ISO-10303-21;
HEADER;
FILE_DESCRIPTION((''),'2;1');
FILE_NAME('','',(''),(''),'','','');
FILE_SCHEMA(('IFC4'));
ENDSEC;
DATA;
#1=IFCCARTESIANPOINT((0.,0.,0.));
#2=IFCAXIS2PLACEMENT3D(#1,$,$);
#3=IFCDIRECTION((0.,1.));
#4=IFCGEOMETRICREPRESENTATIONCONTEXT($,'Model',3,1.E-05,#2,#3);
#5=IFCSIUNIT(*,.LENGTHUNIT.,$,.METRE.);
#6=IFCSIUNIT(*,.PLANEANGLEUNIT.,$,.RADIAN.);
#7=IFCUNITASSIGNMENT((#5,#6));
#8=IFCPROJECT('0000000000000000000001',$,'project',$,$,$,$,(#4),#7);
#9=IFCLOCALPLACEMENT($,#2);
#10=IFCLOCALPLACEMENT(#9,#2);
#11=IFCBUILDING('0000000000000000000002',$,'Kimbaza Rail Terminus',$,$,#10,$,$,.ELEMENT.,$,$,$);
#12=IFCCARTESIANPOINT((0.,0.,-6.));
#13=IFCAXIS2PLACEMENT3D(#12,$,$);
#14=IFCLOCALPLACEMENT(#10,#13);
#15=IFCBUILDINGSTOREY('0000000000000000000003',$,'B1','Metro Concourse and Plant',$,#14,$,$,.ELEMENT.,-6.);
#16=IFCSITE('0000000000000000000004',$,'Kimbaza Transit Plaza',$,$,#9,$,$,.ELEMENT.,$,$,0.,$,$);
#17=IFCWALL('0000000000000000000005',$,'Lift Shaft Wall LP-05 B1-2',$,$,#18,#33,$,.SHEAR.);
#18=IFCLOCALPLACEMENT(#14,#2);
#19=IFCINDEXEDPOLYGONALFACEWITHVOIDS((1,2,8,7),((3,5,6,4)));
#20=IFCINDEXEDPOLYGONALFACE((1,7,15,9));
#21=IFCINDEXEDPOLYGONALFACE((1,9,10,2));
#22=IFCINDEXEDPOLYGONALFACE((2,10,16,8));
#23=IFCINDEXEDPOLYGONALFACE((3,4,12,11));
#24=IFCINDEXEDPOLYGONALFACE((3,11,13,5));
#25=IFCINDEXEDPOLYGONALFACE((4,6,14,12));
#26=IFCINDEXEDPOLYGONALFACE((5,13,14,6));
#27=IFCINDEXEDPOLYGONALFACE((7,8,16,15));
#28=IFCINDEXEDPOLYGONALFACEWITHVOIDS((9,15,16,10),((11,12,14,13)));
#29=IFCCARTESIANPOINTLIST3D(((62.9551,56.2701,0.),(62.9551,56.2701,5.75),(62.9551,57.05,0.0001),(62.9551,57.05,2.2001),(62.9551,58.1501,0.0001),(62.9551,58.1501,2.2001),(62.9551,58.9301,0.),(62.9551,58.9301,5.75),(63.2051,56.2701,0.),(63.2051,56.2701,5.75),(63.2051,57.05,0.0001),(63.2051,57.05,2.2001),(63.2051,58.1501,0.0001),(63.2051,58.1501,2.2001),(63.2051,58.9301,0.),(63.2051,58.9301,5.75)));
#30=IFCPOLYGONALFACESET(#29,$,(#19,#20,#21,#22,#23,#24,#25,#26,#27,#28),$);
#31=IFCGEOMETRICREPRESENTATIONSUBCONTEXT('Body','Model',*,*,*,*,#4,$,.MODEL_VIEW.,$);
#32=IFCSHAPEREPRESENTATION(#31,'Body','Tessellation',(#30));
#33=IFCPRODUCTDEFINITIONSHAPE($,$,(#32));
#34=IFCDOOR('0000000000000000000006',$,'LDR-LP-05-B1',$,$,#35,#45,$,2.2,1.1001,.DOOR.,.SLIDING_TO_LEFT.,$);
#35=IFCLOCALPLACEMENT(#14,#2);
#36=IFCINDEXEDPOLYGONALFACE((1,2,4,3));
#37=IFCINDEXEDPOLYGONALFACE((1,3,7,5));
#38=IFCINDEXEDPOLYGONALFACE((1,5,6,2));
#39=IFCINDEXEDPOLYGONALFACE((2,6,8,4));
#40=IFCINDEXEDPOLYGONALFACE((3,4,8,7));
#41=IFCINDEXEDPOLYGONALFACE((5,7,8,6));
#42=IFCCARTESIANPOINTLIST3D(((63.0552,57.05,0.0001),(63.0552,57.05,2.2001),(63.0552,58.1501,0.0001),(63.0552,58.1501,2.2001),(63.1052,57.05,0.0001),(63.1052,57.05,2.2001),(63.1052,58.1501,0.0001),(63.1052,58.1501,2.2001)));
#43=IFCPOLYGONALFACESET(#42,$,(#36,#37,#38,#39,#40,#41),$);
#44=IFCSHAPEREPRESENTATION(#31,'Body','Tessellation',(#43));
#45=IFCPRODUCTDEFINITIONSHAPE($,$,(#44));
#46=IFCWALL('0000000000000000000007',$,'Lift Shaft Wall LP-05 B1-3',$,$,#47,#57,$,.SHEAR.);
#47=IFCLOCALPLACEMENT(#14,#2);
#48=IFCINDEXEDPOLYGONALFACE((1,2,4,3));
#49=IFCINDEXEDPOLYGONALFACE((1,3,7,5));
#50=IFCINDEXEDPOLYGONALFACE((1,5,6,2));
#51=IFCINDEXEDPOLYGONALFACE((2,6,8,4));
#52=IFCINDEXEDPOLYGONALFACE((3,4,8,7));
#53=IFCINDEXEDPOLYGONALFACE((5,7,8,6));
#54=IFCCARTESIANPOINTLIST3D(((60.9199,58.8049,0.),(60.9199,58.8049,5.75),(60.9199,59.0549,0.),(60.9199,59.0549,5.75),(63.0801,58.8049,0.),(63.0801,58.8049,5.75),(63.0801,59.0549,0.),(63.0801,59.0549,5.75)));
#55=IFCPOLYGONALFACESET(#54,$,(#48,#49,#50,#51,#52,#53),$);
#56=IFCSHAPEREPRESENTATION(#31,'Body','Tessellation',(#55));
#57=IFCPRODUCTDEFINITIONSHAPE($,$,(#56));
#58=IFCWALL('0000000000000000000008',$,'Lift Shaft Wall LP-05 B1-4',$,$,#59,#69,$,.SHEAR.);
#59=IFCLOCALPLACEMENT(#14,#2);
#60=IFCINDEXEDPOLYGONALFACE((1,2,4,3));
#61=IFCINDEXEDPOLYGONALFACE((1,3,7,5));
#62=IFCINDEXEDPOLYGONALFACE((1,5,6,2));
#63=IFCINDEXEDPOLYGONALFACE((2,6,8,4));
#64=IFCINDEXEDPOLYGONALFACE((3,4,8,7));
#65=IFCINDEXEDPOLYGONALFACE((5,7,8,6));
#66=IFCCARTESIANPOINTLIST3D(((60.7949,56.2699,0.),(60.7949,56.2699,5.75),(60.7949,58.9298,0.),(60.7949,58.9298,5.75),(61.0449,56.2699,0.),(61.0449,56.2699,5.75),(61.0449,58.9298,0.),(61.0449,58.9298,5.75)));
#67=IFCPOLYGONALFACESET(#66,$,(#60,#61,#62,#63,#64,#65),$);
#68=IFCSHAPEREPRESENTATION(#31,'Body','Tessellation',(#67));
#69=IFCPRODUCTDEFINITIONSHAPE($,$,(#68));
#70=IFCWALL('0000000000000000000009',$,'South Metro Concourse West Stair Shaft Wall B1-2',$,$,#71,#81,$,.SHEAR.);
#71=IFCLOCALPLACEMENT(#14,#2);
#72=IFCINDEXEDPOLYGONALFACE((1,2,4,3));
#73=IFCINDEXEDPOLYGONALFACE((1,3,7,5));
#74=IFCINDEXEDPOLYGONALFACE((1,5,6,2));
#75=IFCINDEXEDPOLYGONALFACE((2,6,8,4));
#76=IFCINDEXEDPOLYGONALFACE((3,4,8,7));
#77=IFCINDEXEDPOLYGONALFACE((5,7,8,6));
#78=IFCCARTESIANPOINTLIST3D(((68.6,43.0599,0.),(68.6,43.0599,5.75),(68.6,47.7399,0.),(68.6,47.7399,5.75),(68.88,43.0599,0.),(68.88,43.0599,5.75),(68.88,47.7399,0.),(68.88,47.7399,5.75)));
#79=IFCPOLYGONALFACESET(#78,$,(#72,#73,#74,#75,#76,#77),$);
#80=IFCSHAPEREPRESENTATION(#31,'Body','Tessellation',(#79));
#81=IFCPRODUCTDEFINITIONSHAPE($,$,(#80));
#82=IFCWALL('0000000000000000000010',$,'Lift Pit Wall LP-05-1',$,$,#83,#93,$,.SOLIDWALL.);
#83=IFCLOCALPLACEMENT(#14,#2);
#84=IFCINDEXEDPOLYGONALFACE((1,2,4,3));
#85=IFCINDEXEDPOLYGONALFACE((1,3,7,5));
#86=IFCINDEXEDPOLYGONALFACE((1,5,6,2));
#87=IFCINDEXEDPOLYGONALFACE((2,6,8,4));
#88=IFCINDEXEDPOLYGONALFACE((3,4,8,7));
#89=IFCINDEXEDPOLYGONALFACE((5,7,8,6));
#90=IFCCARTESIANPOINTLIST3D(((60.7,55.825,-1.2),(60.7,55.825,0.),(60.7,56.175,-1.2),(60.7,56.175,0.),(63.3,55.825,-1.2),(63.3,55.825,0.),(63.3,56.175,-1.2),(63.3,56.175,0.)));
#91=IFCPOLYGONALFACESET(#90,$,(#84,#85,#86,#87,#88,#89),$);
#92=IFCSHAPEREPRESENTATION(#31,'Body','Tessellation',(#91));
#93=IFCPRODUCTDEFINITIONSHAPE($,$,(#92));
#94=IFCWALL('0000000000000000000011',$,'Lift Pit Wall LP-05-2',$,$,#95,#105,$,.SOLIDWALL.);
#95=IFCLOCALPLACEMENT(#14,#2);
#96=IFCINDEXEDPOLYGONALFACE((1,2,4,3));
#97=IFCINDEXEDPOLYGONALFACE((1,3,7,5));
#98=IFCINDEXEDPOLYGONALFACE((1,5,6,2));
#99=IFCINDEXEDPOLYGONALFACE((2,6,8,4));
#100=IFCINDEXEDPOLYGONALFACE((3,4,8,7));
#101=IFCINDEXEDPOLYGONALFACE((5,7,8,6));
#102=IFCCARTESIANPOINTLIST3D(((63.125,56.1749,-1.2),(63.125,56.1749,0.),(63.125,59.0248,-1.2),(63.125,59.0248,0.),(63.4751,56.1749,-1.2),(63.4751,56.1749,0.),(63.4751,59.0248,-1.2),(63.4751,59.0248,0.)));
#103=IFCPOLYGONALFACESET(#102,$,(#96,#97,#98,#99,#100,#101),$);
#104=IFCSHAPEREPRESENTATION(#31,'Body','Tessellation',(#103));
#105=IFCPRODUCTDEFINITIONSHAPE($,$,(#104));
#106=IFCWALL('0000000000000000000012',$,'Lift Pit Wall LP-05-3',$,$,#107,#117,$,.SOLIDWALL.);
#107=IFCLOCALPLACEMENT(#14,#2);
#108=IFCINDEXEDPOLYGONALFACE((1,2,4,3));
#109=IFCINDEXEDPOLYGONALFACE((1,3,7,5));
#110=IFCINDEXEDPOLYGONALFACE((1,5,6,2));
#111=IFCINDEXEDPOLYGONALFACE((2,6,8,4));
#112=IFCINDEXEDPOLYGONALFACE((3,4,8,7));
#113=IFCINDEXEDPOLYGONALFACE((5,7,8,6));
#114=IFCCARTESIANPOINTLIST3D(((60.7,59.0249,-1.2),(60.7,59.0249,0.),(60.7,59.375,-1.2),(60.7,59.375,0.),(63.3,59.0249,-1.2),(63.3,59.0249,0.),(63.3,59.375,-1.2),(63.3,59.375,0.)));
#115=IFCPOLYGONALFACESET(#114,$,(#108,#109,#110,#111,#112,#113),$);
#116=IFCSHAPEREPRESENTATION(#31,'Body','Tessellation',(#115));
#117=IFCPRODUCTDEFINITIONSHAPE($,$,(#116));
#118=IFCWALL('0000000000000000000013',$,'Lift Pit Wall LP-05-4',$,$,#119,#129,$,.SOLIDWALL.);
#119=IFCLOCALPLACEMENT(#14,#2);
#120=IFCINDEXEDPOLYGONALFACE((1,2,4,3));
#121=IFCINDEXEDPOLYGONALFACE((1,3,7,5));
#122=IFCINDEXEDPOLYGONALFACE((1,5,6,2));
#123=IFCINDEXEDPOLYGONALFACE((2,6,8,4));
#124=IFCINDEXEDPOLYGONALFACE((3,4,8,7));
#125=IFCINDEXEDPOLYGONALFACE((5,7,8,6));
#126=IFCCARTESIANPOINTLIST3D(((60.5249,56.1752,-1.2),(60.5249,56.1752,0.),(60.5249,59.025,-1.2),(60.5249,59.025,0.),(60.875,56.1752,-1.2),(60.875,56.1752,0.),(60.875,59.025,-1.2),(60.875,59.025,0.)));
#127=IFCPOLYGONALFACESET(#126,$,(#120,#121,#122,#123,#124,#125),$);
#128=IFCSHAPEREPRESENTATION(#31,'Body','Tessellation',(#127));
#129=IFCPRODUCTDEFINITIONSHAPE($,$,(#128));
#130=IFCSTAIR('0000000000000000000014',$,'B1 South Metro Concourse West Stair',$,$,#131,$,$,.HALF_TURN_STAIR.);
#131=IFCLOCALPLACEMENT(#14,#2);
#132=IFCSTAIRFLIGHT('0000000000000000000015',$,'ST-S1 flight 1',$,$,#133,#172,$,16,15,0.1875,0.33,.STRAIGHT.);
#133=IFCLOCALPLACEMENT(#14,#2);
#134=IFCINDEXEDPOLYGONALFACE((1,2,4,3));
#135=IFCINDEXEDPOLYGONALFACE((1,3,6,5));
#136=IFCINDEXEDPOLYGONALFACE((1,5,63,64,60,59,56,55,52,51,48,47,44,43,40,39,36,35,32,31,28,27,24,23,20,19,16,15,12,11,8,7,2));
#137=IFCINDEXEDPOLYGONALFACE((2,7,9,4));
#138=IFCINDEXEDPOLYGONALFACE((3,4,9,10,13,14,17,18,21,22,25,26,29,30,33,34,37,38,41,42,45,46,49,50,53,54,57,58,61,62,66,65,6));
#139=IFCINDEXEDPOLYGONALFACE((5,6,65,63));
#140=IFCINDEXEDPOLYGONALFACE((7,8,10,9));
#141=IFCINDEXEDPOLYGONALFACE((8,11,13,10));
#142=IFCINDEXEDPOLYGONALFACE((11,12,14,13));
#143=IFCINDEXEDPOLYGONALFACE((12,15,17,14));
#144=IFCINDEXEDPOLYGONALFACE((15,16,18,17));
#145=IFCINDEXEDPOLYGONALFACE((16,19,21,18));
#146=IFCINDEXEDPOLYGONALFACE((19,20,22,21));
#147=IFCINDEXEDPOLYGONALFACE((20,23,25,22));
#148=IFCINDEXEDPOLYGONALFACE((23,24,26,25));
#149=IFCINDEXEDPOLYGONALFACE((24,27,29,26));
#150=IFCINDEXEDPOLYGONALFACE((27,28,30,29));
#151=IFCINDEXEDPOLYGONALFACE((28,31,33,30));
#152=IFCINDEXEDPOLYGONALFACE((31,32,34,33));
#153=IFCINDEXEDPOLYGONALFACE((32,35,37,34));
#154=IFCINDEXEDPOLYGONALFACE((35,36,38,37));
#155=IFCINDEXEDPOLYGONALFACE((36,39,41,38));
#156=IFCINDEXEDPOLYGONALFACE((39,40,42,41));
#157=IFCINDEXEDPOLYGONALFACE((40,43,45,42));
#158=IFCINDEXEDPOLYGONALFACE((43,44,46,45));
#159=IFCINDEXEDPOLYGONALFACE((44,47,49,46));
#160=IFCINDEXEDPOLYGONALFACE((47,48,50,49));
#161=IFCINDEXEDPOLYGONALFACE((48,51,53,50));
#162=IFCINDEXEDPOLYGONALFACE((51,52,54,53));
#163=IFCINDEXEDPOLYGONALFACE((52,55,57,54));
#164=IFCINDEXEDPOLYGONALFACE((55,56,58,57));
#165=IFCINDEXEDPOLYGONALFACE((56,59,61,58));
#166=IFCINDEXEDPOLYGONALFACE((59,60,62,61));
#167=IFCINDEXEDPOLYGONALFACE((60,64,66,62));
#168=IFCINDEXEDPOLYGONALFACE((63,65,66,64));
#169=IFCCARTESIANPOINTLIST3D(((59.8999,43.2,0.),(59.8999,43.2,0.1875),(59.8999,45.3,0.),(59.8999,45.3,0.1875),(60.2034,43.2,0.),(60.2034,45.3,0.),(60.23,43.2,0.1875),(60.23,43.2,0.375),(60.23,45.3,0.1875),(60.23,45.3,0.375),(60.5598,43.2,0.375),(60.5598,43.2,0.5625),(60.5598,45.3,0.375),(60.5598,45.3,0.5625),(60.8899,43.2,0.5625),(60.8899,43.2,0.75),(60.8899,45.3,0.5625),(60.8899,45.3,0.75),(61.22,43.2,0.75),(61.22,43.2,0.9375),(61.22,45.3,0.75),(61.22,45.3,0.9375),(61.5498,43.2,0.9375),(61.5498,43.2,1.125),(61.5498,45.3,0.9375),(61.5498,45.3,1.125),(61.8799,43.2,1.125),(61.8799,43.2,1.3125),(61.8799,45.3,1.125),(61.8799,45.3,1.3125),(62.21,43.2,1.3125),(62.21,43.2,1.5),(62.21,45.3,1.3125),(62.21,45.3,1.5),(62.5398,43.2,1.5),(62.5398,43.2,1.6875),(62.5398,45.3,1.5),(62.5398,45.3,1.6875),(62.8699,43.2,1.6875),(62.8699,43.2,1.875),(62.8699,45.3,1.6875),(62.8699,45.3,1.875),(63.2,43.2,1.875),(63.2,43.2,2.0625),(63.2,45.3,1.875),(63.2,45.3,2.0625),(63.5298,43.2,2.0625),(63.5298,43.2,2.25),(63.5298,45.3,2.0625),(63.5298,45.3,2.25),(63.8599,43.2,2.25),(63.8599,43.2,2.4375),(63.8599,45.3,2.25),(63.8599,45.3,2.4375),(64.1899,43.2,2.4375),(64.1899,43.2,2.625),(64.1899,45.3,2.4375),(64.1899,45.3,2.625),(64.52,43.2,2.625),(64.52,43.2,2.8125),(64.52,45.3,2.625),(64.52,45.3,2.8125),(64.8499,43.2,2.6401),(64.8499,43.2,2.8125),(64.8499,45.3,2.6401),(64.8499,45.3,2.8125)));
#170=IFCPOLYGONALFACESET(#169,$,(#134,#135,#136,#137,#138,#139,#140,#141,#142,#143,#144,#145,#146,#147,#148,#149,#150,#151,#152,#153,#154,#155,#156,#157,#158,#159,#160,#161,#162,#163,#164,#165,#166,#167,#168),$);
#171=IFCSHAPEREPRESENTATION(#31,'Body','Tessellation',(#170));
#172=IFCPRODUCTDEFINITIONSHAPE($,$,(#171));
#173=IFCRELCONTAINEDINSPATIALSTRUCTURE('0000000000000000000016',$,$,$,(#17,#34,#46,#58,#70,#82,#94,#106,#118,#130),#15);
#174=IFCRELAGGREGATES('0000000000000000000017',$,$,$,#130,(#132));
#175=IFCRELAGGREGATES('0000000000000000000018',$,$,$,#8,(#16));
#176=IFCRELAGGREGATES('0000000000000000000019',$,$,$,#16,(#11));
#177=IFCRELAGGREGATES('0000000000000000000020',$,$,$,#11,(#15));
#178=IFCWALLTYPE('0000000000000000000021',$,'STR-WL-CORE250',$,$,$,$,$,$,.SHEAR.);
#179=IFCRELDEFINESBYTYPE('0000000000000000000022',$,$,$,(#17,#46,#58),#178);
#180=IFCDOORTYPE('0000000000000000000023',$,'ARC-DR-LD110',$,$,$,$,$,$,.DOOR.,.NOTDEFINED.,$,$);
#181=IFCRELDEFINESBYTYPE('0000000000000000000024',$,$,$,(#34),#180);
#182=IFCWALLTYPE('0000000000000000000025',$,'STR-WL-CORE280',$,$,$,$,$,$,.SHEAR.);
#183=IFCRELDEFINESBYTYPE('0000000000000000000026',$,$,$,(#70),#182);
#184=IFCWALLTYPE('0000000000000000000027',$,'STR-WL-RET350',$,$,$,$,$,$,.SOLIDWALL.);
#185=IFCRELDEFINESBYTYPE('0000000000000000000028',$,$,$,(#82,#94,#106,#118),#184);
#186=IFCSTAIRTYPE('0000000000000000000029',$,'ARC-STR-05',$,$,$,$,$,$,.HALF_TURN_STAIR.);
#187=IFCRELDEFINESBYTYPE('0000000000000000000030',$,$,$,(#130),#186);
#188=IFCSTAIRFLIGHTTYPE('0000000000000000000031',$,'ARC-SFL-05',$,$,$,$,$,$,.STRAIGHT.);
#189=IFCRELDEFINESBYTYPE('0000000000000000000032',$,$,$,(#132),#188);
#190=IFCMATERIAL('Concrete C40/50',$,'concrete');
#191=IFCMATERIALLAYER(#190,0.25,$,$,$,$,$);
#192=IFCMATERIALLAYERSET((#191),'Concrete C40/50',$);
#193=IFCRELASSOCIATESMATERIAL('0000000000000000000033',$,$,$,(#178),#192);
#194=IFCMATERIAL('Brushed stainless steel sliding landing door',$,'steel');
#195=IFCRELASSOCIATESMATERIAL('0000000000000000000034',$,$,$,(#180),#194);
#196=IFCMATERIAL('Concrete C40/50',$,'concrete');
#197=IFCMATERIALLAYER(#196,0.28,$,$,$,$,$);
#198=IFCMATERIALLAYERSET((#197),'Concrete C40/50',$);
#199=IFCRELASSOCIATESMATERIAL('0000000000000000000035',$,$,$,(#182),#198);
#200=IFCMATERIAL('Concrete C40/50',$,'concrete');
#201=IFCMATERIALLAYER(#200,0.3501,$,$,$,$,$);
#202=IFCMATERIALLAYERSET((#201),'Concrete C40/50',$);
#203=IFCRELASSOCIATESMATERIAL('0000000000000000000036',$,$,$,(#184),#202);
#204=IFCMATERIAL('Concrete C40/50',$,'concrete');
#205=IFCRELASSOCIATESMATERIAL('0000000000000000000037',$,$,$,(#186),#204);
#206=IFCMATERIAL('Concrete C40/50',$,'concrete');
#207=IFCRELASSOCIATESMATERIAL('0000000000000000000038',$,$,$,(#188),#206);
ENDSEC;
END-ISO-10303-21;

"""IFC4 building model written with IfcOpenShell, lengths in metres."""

from ifc_helpers import new_model, si_unit, direction, frame, frame_2d, origin, place, context, subcontext, project, spatial, polyline, rectangle, outline, extrude, material, layer, layer_set, type_object, element, fill, aggregate, save


model = new_model("IFC4")

# Units and contexts
model_context = context("Model", 3, precision=1e-05, world=origin(), true_north=direction((0.0, 1.0)))
body_context = subcontext(model_context, "Body", "Model", "MODEL_VIEW")
ifc_project = project(units=[si_unit("LENGTHUNIT", "METRE"), si_unit("PLANEANGLEUNIT", "RADIAN")], contexts=[model_context])

# Site, building, storey
site_placement = place(None, origin())
site = spatial("IfcSite", under=ifc_project, at=site_placement, Name="Kimbaza Transit Plaza", CompositionType="ELEMENT", RefElevation=0.0)
building_placement = place(site_placement, origin())
building = spatial("IfcBuilding", under=site, at=building_placement, Name="Kimbaza Rail Terminus", CompositionType="ELEMENT")
storey_placement = place(building_placement, frame((0.0, 0.0, -6.0)))
storey = spatial("IfcBuildingStorey", under=building, at=storey_placement, Name="B1", Description="Metro Concourse and Plant", CompositionType="ELEMENT", Elevation=-6.0)

# Shared definitions
ifc_material_1 = material(Name="Concrete C40/50", Category="concrete")
ifc_layer_1 = layer(ifc_material_1, 0.25)
ifc_layer_set_1 = layer_set([ifc_layer_1], Name="Concrete C40/50")
wall_type_1 = type_object("IfcWallType", Name="STR-WL-CORE250", PredefinedType="SHEAR", material=ifc_layer_set_1)

# Wall, opening, door
wall_1_placement = place(storey_placement, frame((63.0801, 56.27, 0.0), z_axis=(0.0, 0.0, 1.0), x_axis=(0.0, 1.0, 0.0)))
wall_1 = element("IfcWall", 1, at=wall_1_placement, inside=storey, type_object=wall_type_1, Name="Lift Shaft Wall LP-05 B1-2", PredefinedType="SHEAR", context=body_context, shape_type="SweptSolid", body=[
    extrude(rectangle(XDim=2.6599, YDim=0.25, at=frame_2d((1.3301, 0.0))), origin(), (0.0, 0.0, 1.0), 5.75),
])
opening_placement = place(wall_1_placement, frame((0.78, 0.0, 0.0)))
opening = element("IfcOpeningElement", 2, at=opening_placement, cuts=wall_1, PredefinedType="OPENING", context=body_context, shape_type="SweptSolid", body=[
    extrude(rectangle(XDim=1.1001, YDim=2.2, at=frame_2d((0.55, 1.1001))), frame((0.0, 0.135, 0.0), z_axis=(0.0, -1.0, 0.0), x_axis=(1.0, 0.0, 0.0)), (0.0, 0.0, 1.0), 0.27),
])
ifc_material_2 = material(Name="Brushed stainless steel sliding landing door", Category="steel")
door_type = type_object("IfcDoorType", Name="ARC-DR-LD110", OperationType="NOTDEFINED", PredefinedType="DOOR", material=ifc_material_2)
door_placement = place(opening_placement, origin())
door = element("IfcDoor", 3, at=door_placement, inside=storey, type_object=door_type, Name="LDR-LP-05-B1", OperationType="SLIDING_TO_LEFT", OverallHeight=2.2, OverallWidth=1.1001, PredefinedType="DOOR", context=body_context, shape_type="SweptSolid", body=[
    extrude(rectangle(XDim=1.1001, YDim=2.2, at=frame_2d((0.55, 1.1001))), frame((0.0, 0.0249, 0.0), z_axis=(0.0, -1.0, 0.0), x_axis=(1.0, 0.0, 0.0)), (0.0, 0.0, 1.0), 0.05),
])
fill(opening, door)

# Walls
wall_2_placement = place(storey_placement, frame((63.0801, 58.9299, 0.0), z_axis=(0.0, 0.0, 1.0), x_axis=(-1.0, 0.0, 0.0)))
element("IfcWall", 4, at=wall_2_placement, inside=storey, type_object=wall_type_1, Name="Lift Shaft Wall LP-05 B1-3", PredefinedType="SHEAR", context=body_context, shape_type="SweptSolid", body=[
    extrude(rectangle(XDim=2.1602, YDim=0.25, at=frame_2d((1.0801, 0.0))), origin(), (0.0, 0.0, 1.0), 5.75),
])
wall_3_placement = place(storey_placement, frame((60.9199, 58.9299, 0.0), z_axis=(0.0, 0.0, 1.0), x_axis=(0.0, -1.0, 0.0)))
element("IfcWall", 5, at=wall_3_placement, inside=storey, type_object=wall_type_1, Name="Lift Shaft Wall LP-05 B1-4", PredefinedType="SHEAR", context=body_context, shape_type="SweptSolid", body=[
    extrude(rectangle(XDim=2.6599, YDim=0.25, at=frame_2d((1.3301, 0.0))), origin(), (0.0, 0.0, 1.0), 5.75),
])
ifc_material_3 = material(Name="Concrete C40/50", Category="concrete")
ifc_layer_2 = layer(ifc_material_3, 0.28)
ifc_layer_set_2 = layer_set([ifc_layer_2], Name="Concrete C40/50")
wall_type_2 = type_object("IfcWallType", Name="STR-WL-CORE280", PredefinedType="SHEAR", material=ifc_layer_set_2)
wall_4_placement = place(storey_placement, frame((68.74, 43.0601, 0.0), z_axis=(0.0, 0.0, 1.0), x_axis=(0.0, 1.0, 0.0)))
element("IfcWall", 6, at=wall_4_placement, inside=storey, type_object=wall_type_2, Name="South Metro Concourse West Stair Shaft Wall B1-2", PredefinedType="SHEAR", context=body_context, shape_type="SweptSolid", body=[
    extrude(rectangle(XDim=4.6799, YDim=0.28, at=frame_2d((2.3398, 0.0))), origin(), (0.0, 0.0, 1.0), 5.75),
])
ifc_material_4 = material(Name="Concrete C40/50", Category="concrete")
ifc_layer_3 = layer(ifc_material_4, 0.3501)
ifc_layer_set_3 = layer_set([ifc_layer_3], Name="Concrete C40/50")
wall_type_3 = type_object("IfcWallType", Name="STR-WL-RET350", PredefinedType="SOLIDWALL", material=ifc_layer_set_3)
wall_5_placement = place(storey_placement, frame((60.7, 56.0, -1.2), z_axis=(0.0, 0.0, 1.0), x_axis=(1.0, 0.0, 0.0)))
element("IfcWall", 7, at=wall_5_placement, inside=storey, type_object=wall_type_3, Name="Lift Pit Wall LP-05-1", PredefinedType="SOLIDWALL", context=body_context, shape_type="SweptSolid", body=[
    extrude(rectangle(XDim=2.6001, YDim=0.3501, at=frame_2d((1.3, 0.0))), origin(), (0.0, 0.0, 1.0), 1.2),
])
wall_6_placement = place(storey_placement, frame((63.3, 56.175, -1.2), z_axis=(0.0, 0.0, 1.0), x_axis=(0.0, 1.0, 0.0)))
element("IfcWall", 8, at=wall_6_placement, inside=storey, type_object=wall_type_3, Name="Lift Pit Wall LP-05-2", PredefinedType="SOLIDWALL", context=body_context, shape_type="SweptSolid", body=[
    extrude(rectangle(XDim=2.8499, YDim=0.3501, at=frame_2d((1.4248, 0.0))), origin(), (0.0, 0.0, 1.0), 1.2),
])
wall_7_placement = place(storey_placement, frame((63.3, 59.2, -1.2), z_axis=(0.0, 0.0, 1.0), x_axis=(-1.0, 0.0, 0.0)))
element("IfcWall", 9, at=wall_7_placement, inside=storey, type_object=wall_type_3, Name="Lift Pit Wall LP-05-3", PredefinedType="SOLIDWALL", context=body_context, shape_type="SweptSolid", body=[
    extrude(rectangle(XDim=2.6001, YDim=0.3501, at=frame_2d((1.3, 0.0))), origin(), (0.0, 0.0, 1.0), 1.2),
])
wall_8_placement = place(storey_placement, frame((60.7, 59.0249, -1.2), z_axis=(0.0, 0.0, 1.0), x_axis=(0.0, -1.0, 0.0)))
element("IfcWall", 10, at=wall_8_placement, inside=storey, type_object=wall_type_3, Name="Lift Pit Wall LP-05-4", PredefinedType="SOLIDWALL", context=body_context, shape_type="SweptSolid", body=[
    extrude(rectangle(XDim=2.8499, YDim=0.3501, at=frame_2d((1.4248, 0.0))), origin(), (0.0, 0.0, 1.0), 1.2),
])

# Stair, stair flight
ifc_material_5 = material(Name="Concrete C40/50", Category="concrete")
stair_type = type_object("IfcStairType", Name="ARC-STR-05", PredefinedType="HALF_TURN_STAIR", material=ifc_material_5)
stair_placement = place(storey_placement, origin())
stair = element("IfcStair", 11, at=stair_placement, inside=storey, type_object=stair_type, Name="B1 South Metro Concourse West Stair", PredefinedType="HALF_TURN_STAIR")
ifc_material_6 = material(Name="Concrete C40/50", Category="concrete")
stair_flight_type = type_object("IfcStairFlightType", Name="ARC-SFL-05", PredefinedType="STRAIGHT", material=ifc_material_6)
stair_flight_1_placement = place(storey_placement, frame((59.8999, 44.25, 0.0), z_axis=(0.0, 0.0, 1.0), x_axis=(1.0, 0.0, 0.0)))
stair_flight_1 = element("IfcStairFlight", 12, at=stair_flight_1_placement, type_object=stair_flight_type, Name="ST-S1 flight 1", NumberOfRisers=16, NumberOfTreads=15, PredefinedType="STRAIGHT", RiserHeight=0.1875, TreadLength=0.33, context=body_context, shape_type="SweptSolid", body=[
    extrude(outline(polyline([(0.0, 0.0), (0.0, 0.1875), (0.3301, 0.1875), (0.3301, 0.375), (0.6599, 0.375), (0.6599, 0.5625), (0.99, 0.5625), (0.99, 0.75), (1.3201, 0.75), (1.3201, 0.9375), (1.6499, 0.9375), (1.6499, 1.125), (1.98, 1.125), (1.98, 1.3125), (2.3101, 1.3125), (2.3101, 1.5), (2.6399, 1.5), (2.6399, 1.6875), (2.97, 1.6875), (2.97, 1.875), (3.3, 1.875), (3.3, 2.0625), (3.6299, 2.0625), (3.6299, 2.25), (3.96, 2.25), (3.96, 2.4375), (4.29, 2.4375), (4.29, 2.625), (4.6201, 2.625), (4.6201, 2.8125), (4.95, 2.8125), (4.95, 3.0), (4.95, 2.6401), (0.3035, 0.0), (0.0, 0.0)])), frame((0.0, 1.05, 0.0), z_axis=(0.0, -1.0, 0.0), x_axis=(1.0, 0.0, 0.0)), (0.0, 0.0, 1.0), 2.1001),
])
aggregate(stair, [stair_flight_1])

save(model, "model.ifc")
